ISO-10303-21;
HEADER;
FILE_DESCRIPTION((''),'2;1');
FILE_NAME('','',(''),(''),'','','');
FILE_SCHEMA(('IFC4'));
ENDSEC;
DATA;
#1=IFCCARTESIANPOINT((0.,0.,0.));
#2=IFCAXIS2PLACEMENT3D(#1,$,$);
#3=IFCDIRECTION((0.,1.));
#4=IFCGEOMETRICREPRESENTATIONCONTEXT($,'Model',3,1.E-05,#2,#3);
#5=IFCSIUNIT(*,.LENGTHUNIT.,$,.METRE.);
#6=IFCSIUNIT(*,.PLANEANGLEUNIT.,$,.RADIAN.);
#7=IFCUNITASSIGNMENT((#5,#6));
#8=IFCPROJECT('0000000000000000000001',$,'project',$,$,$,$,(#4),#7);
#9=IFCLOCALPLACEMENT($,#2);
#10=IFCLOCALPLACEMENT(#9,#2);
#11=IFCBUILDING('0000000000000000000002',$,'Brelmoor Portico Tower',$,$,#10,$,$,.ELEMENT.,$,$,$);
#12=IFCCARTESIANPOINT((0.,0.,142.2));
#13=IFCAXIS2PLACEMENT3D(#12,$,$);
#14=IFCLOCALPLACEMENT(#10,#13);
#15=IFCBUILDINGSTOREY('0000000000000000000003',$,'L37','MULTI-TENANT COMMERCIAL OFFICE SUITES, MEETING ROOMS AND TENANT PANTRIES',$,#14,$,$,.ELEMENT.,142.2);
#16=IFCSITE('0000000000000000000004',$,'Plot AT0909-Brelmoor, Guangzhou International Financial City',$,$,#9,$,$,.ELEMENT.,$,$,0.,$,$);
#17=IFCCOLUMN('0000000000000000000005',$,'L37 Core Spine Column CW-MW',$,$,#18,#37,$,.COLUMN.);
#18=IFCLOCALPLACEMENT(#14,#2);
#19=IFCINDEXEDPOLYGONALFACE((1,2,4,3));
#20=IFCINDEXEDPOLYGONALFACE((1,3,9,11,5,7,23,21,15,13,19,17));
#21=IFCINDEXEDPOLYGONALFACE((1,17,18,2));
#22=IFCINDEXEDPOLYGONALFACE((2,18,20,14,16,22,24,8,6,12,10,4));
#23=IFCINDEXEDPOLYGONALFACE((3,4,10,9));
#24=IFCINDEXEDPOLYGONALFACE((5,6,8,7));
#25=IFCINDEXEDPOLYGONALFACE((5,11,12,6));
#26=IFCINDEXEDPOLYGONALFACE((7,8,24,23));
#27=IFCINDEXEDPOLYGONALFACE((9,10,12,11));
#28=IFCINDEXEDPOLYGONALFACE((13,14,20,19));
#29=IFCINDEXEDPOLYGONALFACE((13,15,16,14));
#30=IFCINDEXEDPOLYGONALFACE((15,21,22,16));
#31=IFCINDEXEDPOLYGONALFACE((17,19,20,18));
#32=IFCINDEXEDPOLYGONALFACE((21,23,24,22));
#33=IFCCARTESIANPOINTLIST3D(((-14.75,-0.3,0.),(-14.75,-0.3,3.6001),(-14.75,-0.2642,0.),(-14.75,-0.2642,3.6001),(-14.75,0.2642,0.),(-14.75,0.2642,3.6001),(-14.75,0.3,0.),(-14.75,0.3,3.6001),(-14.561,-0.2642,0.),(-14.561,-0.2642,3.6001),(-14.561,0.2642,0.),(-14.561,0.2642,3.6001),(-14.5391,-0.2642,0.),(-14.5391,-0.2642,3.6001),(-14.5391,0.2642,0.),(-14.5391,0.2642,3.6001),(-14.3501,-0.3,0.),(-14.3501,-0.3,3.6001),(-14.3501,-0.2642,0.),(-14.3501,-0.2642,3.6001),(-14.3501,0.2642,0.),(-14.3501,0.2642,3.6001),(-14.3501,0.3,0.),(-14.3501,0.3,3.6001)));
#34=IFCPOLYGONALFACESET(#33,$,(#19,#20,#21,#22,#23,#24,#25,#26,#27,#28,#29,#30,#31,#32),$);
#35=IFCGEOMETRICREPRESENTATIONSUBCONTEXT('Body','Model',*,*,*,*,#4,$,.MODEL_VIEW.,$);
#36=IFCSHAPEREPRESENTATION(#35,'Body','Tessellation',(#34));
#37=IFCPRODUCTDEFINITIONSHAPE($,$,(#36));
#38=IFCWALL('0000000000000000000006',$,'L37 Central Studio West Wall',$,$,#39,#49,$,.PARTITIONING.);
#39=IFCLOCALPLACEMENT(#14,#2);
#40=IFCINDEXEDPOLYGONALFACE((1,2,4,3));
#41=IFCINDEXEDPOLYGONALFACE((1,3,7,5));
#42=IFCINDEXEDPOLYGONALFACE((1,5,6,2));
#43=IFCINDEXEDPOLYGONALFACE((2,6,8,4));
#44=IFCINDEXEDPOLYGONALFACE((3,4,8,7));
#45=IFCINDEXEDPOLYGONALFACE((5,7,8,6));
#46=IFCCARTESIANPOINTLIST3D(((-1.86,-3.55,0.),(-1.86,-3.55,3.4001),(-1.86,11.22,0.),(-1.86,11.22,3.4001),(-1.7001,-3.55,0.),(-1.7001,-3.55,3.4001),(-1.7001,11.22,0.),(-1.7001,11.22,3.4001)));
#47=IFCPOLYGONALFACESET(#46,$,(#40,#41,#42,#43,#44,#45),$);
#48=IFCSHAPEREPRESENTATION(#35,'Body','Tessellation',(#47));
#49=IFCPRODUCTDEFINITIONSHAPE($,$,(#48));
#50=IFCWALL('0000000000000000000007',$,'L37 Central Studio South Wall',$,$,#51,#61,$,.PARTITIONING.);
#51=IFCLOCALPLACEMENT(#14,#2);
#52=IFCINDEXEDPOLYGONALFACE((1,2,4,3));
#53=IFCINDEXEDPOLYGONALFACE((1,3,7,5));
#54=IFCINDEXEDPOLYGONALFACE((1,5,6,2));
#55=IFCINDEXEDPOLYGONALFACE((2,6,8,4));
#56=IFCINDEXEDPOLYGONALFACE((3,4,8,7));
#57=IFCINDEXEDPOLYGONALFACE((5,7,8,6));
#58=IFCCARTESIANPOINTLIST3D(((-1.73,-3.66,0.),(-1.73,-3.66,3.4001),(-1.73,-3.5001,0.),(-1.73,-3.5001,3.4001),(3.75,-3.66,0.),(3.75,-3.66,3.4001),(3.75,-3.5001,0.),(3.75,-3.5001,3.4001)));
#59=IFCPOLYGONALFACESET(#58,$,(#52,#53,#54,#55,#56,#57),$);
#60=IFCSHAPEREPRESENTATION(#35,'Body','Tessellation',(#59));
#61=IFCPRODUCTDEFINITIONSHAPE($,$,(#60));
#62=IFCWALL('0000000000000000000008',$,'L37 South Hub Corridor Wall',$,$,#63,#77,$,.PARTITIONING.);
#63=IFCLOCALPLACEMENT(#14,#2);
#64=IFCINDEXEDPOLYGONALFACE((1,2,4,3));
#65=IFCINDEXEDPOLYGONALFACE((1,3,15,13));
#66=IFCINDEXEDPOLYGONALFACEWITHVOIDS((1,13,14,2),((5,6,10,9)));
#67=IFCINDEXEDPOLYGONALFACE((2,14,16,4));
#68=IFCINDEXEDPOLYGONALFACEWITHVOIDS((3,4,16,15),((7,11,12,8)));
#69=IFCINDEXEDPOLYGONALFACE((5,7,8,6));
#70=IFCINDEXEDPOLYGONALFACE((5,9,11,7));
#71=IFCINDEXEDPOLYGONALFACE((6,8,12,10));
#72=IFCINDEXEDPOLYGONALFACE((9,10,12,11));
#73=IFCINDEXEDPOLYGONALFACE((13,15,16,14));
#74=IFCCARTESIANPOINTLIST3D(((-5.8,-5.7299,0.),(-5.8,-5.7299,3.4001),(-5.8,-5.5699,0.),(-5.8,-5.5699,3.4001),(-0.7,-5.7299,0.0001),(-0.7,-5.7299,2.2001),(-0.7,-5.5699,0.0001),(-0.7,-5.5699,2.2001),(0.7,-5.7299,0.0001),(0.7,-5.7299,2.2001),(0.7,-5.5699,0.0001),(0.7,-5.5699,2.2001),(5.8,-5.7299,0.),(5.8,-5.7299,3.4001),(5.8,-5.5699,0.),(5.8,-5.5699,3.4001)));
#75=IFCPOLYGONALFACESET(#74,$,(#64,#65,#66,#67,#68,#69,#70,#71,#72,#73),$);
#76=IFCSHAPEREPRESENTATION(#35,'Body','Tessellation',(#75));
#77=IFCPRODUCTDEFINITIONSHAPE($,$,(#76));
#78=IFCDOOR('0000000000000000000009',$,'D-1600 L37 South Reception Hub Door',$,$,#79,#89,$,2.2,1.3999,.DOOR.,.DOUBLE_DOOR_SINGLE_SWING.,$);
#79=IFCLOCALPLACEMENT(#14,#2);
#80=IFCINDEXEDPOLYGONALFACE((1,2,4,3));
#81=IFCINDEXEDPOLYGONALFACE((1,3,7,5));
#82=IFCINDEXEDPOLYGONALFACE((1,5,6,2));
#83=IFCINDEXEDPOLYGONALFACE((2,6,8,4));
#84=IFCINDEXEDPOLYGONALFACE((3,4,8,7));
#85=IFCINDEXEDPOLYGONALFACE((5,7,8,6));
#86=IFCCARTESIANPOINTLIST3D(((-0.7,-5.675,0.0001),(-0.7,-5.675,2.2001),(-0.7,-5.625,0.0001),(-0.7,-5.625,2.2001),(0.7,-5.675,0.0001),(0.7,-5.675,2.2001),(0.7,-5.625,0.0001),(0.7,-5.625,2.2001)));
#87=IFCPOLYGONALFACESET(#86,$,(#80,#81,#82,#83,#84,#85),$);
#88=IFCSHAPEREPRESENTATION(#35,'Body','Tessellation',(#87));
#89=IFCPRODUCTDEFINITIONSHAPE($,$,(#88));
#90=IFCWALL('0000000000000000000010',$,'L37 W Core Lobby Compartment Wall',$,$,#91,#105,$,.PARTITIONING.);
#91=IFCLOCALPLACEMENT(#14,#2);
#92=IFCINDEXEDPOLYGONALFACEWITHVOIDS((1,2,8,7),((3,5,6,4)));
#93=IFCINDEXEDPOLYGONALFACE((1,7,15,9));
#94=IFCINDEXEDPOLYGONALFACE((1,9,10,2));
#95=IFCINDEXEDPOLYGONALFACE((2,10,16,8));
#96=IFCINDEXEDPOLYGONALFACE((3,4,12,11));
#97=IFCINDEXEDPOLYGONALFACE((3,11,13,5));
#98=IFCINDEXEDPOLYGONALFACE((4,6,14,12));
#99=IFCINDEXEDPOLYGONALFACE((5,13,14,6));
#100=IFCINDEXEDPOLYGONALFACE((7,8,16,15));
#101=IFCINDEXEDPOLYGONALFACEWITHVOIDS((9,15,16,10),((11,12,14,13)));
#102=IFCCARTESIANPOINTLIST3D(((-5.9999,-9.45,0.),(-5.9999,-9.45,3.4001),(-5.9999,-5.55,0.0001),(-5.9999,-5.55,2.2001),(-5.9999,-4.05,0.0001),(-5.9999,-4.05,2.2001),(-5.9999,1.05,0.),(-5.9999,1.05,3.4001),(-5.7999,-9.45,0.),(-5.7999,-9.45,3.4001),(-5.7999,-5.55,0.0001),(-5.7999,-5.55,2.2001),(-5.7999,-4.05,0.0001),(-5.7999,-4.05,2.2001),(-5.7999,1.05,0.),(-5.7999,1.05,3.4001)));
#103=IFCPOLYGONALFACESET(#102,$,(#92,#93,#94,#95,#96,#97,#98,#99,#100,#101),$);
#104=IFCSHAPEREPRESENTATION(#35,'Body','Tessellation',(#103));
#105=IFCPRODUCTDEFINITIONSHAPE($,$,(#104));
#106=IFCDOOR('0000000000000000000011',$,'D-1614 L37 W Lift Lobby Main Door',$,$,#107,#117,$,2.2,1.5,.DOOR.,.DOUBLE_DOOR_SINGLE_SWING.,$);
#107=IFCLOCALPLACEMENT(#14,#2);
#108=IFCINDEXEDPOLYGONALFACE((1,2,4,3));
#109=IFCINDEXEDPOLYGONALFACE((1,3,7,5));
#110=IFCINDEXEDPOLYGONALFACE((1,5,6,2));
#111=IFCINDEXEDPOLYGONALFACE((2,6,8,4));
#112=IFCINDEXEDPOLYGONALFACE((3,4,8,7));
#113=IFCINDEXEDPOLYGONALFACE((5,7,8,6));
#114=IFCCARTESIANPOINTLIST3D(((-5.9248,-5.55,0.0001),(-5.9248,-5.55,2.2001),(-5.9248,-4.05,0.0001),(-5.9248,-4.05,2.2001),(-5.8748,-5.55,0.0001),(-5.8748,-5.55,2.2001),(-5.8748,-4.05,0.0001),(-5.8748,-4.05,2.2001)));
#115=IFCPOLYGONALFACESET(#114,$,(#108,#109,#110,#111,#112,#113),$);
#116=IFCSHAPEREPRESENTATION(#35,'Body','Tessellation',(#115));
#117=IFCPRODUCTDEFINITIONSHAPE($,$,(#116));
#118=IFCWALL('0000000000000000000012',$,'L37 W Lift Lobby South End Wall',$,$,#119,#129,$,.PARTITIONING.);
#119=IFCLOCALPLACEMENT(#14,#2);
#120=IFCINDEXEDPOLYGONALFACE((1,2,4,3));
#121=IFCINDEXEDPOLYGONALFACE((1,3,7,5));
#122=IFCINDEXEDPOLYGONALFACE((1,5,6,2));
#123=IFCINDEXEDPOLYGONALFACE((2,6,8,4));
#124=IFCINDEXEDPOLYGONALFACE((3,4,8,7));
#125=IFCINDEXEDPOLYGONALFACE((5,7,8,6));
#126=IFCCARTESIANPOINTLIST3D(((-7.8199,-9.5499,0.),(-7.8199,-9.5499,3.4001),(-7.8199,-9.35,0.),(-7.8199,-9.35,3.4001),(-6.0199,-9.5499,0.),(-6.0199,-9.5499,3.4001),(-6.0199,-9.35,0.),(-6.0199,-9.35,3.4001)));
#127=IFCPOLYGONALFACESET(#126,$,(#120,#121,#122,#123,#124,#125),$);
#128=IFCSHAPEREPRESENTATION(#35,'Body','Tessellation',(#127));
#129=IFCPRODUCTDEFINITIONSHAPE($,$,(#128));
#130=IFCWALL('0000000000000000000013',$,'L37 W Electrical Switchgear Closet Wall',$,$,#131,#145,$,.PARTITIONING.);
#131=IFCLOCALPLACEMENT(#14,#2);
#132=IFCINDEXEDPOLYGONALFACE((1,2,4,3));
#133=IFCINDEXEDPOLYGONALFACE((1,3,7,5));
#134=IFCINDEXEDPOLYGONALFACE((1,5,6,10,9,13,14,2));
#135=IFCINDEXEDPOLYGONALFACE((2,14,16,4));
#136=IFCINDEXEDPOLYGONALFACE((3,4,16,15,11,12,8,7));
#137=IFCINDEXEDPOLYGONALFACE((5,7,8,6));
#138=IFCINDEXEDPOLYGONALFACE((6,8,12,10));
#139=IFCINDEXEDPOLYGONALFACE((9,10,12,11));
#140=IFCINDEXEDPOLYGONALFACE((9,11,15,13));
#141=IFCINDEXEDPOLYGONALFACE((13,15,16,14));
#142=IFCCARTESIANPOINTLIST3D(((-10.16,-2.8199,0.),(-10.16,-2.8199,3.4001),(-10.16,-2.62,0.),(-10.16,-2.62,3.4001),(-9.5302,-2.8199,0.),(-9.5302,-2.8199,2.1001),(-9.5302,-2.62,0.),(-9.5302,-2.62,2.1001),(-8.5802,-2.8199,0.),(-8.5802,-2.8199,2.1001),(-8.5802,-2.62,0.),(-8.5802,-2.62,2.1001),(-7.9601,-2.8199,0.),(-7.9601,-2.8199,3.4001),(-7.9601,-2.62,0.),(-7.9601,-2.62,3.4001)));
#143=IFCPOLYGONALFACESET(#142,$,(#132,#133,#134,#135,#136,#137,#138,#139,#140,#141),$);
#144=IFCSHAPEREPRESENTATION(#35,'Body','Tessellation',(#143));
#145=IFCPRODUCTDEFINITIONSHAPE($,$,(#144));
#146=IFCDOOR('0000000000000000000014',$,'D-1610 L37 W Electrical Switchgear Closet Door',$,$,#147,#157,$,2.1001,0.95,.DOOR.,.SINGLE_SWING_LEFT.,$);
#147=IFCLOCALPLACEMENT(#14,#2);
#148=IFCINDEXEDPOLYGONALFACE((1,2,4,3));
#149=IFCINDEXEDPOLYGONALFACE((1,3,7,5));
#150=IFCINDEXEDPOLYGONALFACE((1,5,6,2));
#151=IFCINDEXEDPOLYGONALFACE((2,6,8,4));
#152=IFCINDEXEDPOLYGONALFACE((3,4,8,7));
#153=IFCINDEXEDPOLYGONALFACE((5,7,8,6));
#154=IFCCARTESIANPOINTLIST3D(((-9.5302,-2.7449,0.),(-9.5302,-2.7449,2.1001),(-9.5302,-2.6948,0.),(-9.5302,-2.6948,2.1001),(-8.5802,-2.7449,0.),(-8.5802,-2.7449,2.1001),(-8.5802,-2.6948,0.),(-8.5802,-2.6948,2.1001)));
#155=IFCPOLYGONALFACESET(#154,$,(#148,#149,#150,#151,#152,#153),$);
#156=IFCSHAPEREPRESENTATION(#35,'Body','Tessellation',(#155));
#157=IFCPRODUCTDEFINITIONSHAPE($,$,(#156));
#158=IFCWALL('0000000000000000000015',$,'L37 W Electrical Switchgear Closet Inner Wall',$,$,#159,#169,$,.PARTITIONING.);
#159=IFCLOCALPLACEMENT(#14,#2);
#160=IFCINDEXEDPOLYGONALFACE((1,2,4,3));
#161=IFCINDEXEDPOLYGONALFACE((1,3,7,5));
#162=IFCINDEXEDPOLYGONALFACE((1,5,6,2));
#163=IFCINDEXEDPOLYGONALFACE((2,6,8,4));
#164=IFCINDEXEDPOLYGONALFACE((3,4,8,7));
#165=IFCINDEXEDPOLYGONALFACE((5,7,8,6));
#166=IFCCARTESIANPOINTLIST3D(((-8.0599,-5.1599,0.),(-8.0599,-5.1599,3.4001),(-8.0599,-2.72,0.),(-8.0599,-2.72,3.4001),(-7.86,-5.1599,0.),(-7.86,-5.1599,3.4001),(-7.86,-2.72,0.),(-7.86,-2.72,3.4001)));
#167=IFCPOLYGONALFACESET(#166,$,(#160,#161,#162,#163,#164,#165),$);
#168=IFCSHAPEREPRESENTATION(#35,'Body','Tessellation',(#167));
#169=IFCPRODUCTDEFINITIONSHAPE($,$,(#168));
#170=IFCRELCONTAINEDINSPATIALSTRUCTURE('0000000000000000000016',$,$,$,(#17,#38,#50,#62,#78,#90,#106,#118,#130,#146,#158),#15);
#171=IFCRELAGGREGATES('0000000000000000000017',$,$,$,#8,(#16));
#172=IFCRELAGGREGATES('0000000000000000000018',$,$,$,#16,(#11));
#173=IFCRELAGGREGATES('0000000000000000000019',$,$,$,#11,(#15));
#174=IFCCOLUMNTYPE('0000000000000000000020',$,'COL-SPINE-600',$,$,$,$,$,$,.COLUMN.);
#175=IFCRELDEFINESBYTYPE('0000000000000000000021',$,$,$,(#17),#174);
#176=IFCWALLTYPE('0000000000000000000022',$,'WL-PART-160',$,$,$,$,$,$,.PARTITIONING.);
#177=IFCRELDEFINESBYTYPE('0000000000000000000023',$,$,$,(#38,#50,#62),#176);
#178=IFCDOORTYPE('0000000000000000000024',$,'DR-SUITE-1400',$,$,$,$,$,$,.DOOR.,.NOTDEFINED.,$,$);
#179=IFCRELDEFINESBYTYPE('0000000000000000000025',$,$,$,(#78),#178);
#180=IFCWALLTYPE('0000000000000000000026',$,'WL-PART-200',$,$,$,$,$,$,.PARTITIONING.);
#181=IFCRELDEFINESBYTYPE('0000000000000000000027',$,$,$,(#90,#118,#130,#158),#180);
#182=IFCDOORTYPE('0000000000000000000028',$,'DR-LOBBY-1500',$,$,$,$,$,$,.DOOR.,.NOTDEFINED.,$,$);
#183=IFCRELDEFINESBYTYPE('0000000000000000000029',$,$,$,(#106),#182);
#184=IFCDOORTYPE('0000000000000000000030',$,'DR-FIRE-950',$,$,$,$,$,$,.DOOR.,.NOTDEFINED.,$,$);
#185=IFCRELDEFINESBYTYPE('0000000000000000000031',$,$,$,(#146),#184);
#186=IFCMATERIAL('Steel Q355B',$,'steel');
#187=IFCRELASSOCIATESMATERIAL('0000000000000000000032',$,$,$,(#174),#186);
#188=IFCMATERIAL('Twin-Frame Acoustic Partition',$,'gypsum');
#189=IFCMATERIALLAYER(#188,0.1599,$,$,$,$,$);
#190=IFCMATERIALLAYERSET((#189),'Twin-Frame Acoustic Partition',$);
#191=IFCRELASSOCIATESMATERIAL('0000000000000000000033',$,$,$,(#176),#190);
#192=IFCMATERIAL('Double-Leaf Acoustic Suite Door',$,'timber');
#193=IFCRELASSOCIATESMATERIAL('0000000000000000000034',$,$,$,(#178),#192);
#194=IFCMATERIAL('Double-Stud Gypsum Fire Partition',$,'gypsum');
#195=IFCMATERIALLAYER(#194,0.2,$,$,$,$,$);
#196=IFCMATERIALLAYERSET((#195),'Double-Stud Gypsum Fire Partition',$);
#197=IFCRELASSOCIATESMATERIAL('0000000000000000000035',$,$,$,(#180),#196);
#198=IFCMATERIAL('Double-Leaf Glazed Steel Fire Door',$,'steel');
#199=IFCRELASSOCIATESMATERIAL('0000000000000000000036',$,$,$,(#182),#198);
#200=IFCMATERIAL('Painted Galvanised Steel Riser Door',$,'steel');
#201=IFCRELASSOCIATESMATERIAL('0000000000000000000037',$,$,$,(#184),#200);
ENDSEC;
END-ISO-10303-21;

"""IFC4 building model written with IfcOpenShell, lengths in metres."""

from ifc_helpers import new_model, si_unit, direction, frame, frame_2d, origin, origin_2d, place, context, subcontext, project, spatial, rectangle, i_section, extrude, material, layer, layer_set, material_profile, profile_set, type_object, element, fill, save


model = new_model("IFC4")

# Units and contexts
model_context = context("Model", 3, precision=1e-05, world=origin(), true_north=direction((0.0, 1.0)))
body_context = subcontext(model_context, "Body", "Model", "MODEL_VIEW")
ifc_project = project(units=[si_unit("LENGTHUNIT", "METRE"), si_unit("PLANEANGLEUNIT", "RADIAN")], contexts=[model_context])

# Site, building, storey
site_placement = place(None, origin())
site = spatial("IfcSite", under=ifc_project, at=site_placement, Name="Plot AT0909-Brelmoor, Guangzhou International Financial City", CompositionType="ELEMENT", RefElevation=0.0)
building_placement = place(site_placement, origin())
building = spatial("IfcBuilding", under=site, at=building_placement, Name="Brelmoor Portico Tower", CompositionType="ELEMENT")
storey_placement = place(building_placement, frame((0.0, 0.0, 142.2)))
storey = spatial("IfcBuildingStorey", under=building, at=storey_placement, Name="L37", Description="MULTI-TENANT COMMERCIAL OFFICE SUITES, MEETING ROOMS AND TENANT PANTRIES", CompositionType="ELEMENT", Elevation=142.2)

# Column
ifc_material_1 = material(Name="Steel Q355B", Category="steel")
ifc_material_profile = material_profile(ifc_material_1, i_section(OverallWidth=0.3999, OverallDepth=0.6001, WebThickness=0.022, FlangeThickness=0.0359, at=origin_2d()), Name="HW 600x400x22x36")
ifc_profile_set = profile_set([ifc_material_profile], Name="Steel Q355B")
column_type = type_object("IfcColumnType", Name="COL-SPINE-600", PredefinedType="COLUMN", material=ifc_profile_set)
column_placement = place(storey_placement, frame((-14.55, 0.0, 0.0), z_axis=(0.0, 0.0, 1.0), x_axis=(1.0, 0.0, 0.0)))
element("IfcColumn", 1, at=column_placement, inside=storey, type_object=column_type, Name="L37 Core Spine Column CW-MW", PredefinedType="COLUMN", context=body_context, shape_type="SweptSolid", body=[
    extrude(i_section(OverallWidth=0.3999, OverallDepth=0.6001, WebThickness=0.022, FlangeThickness=0.0359, at=origin_2d()), origin(), (0.0, 0.0, 1.0), 3.6001),
])

# Shared definitions
ifc_material_2 = material(Name="Twin-Frame Acoustic Partition", Category="gypsum")
ifc_layer_1 = layer(ifc_material_2, 0.1599)
ifc_layer_set_1 = layer_set([ifc_layer_1], Name="Twin-Frame Acoustic Partition")
wall_type_1 = type_object("IfcWallType", Name="WL-PART-160", PredefinedType="PARTITIONING", material=ifc_layer_set_1)

# Walls
wall_1_placement = place(storey_placement, frame((-1.78, -3.55, 0.0), z_axis=(0.0, 0.0, 1.0), x_axis=(0.0, 1.0, 0.0)))
element("IfcWall", 2, at=wall_1_placement, inside=storey, type_object=wall_type_1, Name="L37 Central Studio West Wall", PredefinedType="PARTITIONING", context=body_context, shape_type="SweptSolid", body=[
    extrude(rectangle(XDim=14.77, YDim=0.1599, at=frame_2d((7.385, 0.0))), origin(), (0.0, 0.0, 1.0), 3.4001),
])
wall_2_placement = place(storey_placement, frame((-1.73, -3.5801, 0.0), z_axis=(0.0, 0.0, 1.0), x_axis=(1.0, 0.0, 0.0)))
element("IfcWall", 3, at=wall_2_placement, inside=storey, type_object=wall_type_1, Name="L37 Central Studio South Wall", PredefinedType="PARTITIONING", context=body_context, shape_type="SweptSolid", body=[
    extrude(rectangle(XDim=5.48, YDim=0.1599, at=frame_2d((2.74, 0.0))), origin(), (0.0, 0.0, 1.0), 3.4001),
])

# Walls, openings, doors
wall_3_placement = place(storey_placement, frame((-5.8, -5.6499, 0.0), z_axis=(0.0, 0.0, 1.0), x_axis=(1.0, 0.0, 0.0)))
wall_3 = element("IfcWall", 4, at=wall_3_placement, inside=storey, type_object=wall_type_1, Name="L37 South Hub Corridor Wall", PredefinedType="PARTITIONING", context=body_context, shape_type="SweptSolid", body=[
    extrude(rectangle(XDim=11.6001, YDim=0.1599, at=frame_2d((5.8, 0.0))), origin(), (0.0, 0.0, 1.0), 3.4001),
])
opening_1_placement = place(wall_3_placement, frame((5.1001, 0.0, 0.0)))
opening_1 = element("IfcOpeningElement", 5, at=opening_1_placement, cuts=wall_3, PredefinedType="OPENING", context=body_context, shape_type="SweptSolid", body=[
    extrude(rectangle(XDim=1.3999, YDim=2.2, at=frame_2d((0.7, 1.1001))), frame((0.0, 0.0898, 0.0), z_axis=(0.0, -1.0, 0.0), x_axis=(1.0, 0.0, 0.0)), (0.0, 0.0, 1.0), 0.1799),
])
ifc_material_3 = material(Name="Double-Leaf Acoustic Suite Door", Category="timber")
door_type_1 = type_object("IfcDoorType", Name="DR-SUITE-1400", OperationType="NOTDEFINED", PredefinedType="DOOR", material=ifc_material_3)
door_1_placement = place(opening_1_placement, origin())
door_1 = element("IfcDoor", 6, at=door_1_placement, inside=storey, type_object=door_type_1, Name="D-1600 L37 South Reception Hub Door", OperationType="DOUBLE_DOOR_SINGLE_SWING", OverallHeight=2.2, OverallWidth=1.3999, PredefinedType="DOOR", context=body_context, shape_type="SweptSolid", body=[
    extrude(rectangle(XDim=1.3999, YDim=2.2, at=frame_2d((0.7, 1.1001))), frame((0.0, 0.0249, 0.0), z_axis=(0.0, -1.0, 0.0), x_axis=(1.0, 0.0, 0.0)), (0.0, 0.0, 1.0), 0.05),
])
fill(opening_1, door_1)
ifc_material_4 = material(Name="Double-Stud Gypsum Fire Partition", Category="gypsum")
ifc_layer_2 = layer(ifc_material_4, 0.2)
ifc_layer_set_2 = layer_set([ifc_layer_2], Name="Double-Stud Gypsum Fire Partition")
wall_type_2 = type_object("IfcWallType", Name="WL-PART-200", PredefinedType="PARTITIONING", material=ifc_layer_set_2)
wall_4_placement = place(storey_placement, frame((-5.8999, -9.45, 0.0), z_axis=(0.0, 0.0, 1.0), x_axis=(0.0, 1.0, 0.0)))
wall_4 = element("IfcWall", 7, at=wall_4_placement, inside=storey, type_object=wall_type_2, Name="L37 W Core Lobby Compartment Wall", PredefinedType="PARTITIONING", context=body_context, shape_type="SweptSolid", body=[
    extrude(rectangle(XDim=10.5, YDim=0.2, at=frame_2d((5.25, 0.0))), origin(), (0.0, 0.0, 1.0), 3.4001),
])
opening_2_placement = place(wall_4_placement, frame((3.8999, 0.0, 0.0)))
opening_2 = element("IfcOpeningElement", 8, at=opening_2_placement, cuts=wall_4, PredefinedType="OPENING", context=body_context, shape_type="SweptSolid", body=[
    extrude(rectangle(XDim=1.5, YDim=2.2, at=frame_2d((0.75, 1.1001))), frame((0.0, 0.1099, 0.0), z_axis=(0.0, -1.0, 0.0), x_axis=(1.0, 0.0, 0.0)), (0.0, 0.0, 1.0), 0.22),
])
ifc_material_5 = material(Name="Double-Leaf Glazed Steel Fire Door", Category="steel")
door_type_2 = type_object("IfcDoorType", Name="DR-LOBBY-1500", OperationType="NOTDEFINED", PredefinedType="DOOR", material=ifc_material_5)
door_2_placement = place(opening_2_placement, origin())
door_2 = element("IfcDoor", 9, at=door_2_placement, inside=storey, type_object=door_type_2, Name="D-1614 L37 W Lift Lobby Main Door", OperationType="DOUBLE_DOOR_SINGLE_SWING", OverallHeight=2.2, OverallWidth=1.5, PredefinedType="DOOR", context=body_context, shape_type="SweptSolid", body=[
    extrude(rectangle(XDim=1.5, YDim=2.2, at=frame_2d((0.75, 1.1001))), frame((0.0, 0.0249, 0.0), z_axis=(0.0, -1.0, 0.0), x_axis=(1.0, 0.0, 0.0)), (0.0, 0.0, 1.0), 0.05),
])
fill(opening_2, door_2)

# Wall
wall_5_placement = place(storey_placement, frame((-6.02, -9.45, 0.0), z_axis=(0.0, 0.0, 1.0), x_axis=(-1.0, 0.0, 0.0)))
element("IfcWall", 10, at=wall_5_placement, inside=storey, type_object=wall_type_2, Name="L37 W Lift Lobby South End Wall", PredefinedType="PARTITIONING", context=body_context, shape_type="SweptSolid", body=[
    extrude(rectangle(XDim=1.8, YDim=0.2, at=frame_2d((0.8999, 0.0))), origin(), (0.0, 0.0, 1.0), 3.4001),
])

# Wall, opening, door
wall_6_placement = place(storey_placement, frame((-7.96, -2.72, 0.0), z_axis=(0.0, 0.0, 1.0), x_axis=(-1.0, 0.0, 0.0)))
wall_6 = element("IfcWall", 11, at=wall_6_placement, inside=storey, type_object=wall_type_2, Name="L37 W Electrical Switchgear Closet Wall", PredefinedType="PARTITIONING", context=body_context, shape_type="SweptSolid", body=[
    extrude(rectangle(XDim=2.2, YDim=0.2, at=frame_2d((1.1001, 0.0))), origin(), (0.0, 0.0, 1.0), 3.4001),
])
opening_3_placement = place(wall_6_placement, frame((0.6201, 0.0, 0.0)))
opening_3 = element("IfcOpeningElement", 12, at=opening_3_placement, cuts=wall_6, PredefinedType="OPENING", context=body_context, shape_type="SweptSolid", body=[
    extrude(rectangle(XDim=0.95, YDim=2.1001, at=frame_2d((0.4751, 1.05))), frame((0.0, 0.1099, 0.0), z_axis=(0.0, -1.0, 0.0), x_axis=(1.0, 0.0, 0.0)), (0.0, 0.0, 1.0), 0.22),
])
ifc_material_6 = material(Name="Painted Galvanised Steel Riser Door", Category="steel")
door_type_3 = type_object("IfcDoorType", Name="DR-FIRE-950", OperationType="NOTDEFINED", PredefinedType="DOOR", material=ifc_material_6)
door_3_placement = place(opening_3_placement, origin())
door_3 = element("IfcDoor", 13, at=door_3_placement, inside=storey, type_object=door_type_3, Name="D-1610 L37 W Electrical Switchgear Closet Door", OperationType="SINGLE_SWING_LEFT", OverallHeight=2.1001, OverallWidth=0.95, PredefinedType="DOOR", context=body_context, shape_type="SweptSolid", body=[
    extrude(rectangle(XDim=0.95, YDim=2.1001, at=frame_2d((0.4751, 1.05))), frame((0.0, 0.0249, 0.0), z_axis=(0.0, -1.0, 0.0), x_axis=(1.0, 0.0, 0.0)), (0.0, 0.0, 1.0), 0.05),
])
fill(opening_3, door_3)

# Wall
for number, where, z_axis, x_axis, name in (
    (14, (-7.96, -5.1599, 0.0), (0.0, 0.0, 1.0), (0.0, 1.0, 0.0), "L37 W Electrical Switchgear Closet Inner Wall"),
):
    element("IfcWall", number, at=place(storey_placement, frame(where, z_axis=z_axis, x_axis=x_axis)), inside=storey, type_object=wall_type_2, Name=name, PredefinedType="PARTITIONING", context=body_context, shape_type="SweptSolid", body=[
        extrude(rectangle(XDim=2.4399, YDim=0.2, at=frame_2d((1.22, 0.0))), origin(), (0.0, 0.0, 1.0), 3.4001),
    ])

save(model, "model.ifc")
